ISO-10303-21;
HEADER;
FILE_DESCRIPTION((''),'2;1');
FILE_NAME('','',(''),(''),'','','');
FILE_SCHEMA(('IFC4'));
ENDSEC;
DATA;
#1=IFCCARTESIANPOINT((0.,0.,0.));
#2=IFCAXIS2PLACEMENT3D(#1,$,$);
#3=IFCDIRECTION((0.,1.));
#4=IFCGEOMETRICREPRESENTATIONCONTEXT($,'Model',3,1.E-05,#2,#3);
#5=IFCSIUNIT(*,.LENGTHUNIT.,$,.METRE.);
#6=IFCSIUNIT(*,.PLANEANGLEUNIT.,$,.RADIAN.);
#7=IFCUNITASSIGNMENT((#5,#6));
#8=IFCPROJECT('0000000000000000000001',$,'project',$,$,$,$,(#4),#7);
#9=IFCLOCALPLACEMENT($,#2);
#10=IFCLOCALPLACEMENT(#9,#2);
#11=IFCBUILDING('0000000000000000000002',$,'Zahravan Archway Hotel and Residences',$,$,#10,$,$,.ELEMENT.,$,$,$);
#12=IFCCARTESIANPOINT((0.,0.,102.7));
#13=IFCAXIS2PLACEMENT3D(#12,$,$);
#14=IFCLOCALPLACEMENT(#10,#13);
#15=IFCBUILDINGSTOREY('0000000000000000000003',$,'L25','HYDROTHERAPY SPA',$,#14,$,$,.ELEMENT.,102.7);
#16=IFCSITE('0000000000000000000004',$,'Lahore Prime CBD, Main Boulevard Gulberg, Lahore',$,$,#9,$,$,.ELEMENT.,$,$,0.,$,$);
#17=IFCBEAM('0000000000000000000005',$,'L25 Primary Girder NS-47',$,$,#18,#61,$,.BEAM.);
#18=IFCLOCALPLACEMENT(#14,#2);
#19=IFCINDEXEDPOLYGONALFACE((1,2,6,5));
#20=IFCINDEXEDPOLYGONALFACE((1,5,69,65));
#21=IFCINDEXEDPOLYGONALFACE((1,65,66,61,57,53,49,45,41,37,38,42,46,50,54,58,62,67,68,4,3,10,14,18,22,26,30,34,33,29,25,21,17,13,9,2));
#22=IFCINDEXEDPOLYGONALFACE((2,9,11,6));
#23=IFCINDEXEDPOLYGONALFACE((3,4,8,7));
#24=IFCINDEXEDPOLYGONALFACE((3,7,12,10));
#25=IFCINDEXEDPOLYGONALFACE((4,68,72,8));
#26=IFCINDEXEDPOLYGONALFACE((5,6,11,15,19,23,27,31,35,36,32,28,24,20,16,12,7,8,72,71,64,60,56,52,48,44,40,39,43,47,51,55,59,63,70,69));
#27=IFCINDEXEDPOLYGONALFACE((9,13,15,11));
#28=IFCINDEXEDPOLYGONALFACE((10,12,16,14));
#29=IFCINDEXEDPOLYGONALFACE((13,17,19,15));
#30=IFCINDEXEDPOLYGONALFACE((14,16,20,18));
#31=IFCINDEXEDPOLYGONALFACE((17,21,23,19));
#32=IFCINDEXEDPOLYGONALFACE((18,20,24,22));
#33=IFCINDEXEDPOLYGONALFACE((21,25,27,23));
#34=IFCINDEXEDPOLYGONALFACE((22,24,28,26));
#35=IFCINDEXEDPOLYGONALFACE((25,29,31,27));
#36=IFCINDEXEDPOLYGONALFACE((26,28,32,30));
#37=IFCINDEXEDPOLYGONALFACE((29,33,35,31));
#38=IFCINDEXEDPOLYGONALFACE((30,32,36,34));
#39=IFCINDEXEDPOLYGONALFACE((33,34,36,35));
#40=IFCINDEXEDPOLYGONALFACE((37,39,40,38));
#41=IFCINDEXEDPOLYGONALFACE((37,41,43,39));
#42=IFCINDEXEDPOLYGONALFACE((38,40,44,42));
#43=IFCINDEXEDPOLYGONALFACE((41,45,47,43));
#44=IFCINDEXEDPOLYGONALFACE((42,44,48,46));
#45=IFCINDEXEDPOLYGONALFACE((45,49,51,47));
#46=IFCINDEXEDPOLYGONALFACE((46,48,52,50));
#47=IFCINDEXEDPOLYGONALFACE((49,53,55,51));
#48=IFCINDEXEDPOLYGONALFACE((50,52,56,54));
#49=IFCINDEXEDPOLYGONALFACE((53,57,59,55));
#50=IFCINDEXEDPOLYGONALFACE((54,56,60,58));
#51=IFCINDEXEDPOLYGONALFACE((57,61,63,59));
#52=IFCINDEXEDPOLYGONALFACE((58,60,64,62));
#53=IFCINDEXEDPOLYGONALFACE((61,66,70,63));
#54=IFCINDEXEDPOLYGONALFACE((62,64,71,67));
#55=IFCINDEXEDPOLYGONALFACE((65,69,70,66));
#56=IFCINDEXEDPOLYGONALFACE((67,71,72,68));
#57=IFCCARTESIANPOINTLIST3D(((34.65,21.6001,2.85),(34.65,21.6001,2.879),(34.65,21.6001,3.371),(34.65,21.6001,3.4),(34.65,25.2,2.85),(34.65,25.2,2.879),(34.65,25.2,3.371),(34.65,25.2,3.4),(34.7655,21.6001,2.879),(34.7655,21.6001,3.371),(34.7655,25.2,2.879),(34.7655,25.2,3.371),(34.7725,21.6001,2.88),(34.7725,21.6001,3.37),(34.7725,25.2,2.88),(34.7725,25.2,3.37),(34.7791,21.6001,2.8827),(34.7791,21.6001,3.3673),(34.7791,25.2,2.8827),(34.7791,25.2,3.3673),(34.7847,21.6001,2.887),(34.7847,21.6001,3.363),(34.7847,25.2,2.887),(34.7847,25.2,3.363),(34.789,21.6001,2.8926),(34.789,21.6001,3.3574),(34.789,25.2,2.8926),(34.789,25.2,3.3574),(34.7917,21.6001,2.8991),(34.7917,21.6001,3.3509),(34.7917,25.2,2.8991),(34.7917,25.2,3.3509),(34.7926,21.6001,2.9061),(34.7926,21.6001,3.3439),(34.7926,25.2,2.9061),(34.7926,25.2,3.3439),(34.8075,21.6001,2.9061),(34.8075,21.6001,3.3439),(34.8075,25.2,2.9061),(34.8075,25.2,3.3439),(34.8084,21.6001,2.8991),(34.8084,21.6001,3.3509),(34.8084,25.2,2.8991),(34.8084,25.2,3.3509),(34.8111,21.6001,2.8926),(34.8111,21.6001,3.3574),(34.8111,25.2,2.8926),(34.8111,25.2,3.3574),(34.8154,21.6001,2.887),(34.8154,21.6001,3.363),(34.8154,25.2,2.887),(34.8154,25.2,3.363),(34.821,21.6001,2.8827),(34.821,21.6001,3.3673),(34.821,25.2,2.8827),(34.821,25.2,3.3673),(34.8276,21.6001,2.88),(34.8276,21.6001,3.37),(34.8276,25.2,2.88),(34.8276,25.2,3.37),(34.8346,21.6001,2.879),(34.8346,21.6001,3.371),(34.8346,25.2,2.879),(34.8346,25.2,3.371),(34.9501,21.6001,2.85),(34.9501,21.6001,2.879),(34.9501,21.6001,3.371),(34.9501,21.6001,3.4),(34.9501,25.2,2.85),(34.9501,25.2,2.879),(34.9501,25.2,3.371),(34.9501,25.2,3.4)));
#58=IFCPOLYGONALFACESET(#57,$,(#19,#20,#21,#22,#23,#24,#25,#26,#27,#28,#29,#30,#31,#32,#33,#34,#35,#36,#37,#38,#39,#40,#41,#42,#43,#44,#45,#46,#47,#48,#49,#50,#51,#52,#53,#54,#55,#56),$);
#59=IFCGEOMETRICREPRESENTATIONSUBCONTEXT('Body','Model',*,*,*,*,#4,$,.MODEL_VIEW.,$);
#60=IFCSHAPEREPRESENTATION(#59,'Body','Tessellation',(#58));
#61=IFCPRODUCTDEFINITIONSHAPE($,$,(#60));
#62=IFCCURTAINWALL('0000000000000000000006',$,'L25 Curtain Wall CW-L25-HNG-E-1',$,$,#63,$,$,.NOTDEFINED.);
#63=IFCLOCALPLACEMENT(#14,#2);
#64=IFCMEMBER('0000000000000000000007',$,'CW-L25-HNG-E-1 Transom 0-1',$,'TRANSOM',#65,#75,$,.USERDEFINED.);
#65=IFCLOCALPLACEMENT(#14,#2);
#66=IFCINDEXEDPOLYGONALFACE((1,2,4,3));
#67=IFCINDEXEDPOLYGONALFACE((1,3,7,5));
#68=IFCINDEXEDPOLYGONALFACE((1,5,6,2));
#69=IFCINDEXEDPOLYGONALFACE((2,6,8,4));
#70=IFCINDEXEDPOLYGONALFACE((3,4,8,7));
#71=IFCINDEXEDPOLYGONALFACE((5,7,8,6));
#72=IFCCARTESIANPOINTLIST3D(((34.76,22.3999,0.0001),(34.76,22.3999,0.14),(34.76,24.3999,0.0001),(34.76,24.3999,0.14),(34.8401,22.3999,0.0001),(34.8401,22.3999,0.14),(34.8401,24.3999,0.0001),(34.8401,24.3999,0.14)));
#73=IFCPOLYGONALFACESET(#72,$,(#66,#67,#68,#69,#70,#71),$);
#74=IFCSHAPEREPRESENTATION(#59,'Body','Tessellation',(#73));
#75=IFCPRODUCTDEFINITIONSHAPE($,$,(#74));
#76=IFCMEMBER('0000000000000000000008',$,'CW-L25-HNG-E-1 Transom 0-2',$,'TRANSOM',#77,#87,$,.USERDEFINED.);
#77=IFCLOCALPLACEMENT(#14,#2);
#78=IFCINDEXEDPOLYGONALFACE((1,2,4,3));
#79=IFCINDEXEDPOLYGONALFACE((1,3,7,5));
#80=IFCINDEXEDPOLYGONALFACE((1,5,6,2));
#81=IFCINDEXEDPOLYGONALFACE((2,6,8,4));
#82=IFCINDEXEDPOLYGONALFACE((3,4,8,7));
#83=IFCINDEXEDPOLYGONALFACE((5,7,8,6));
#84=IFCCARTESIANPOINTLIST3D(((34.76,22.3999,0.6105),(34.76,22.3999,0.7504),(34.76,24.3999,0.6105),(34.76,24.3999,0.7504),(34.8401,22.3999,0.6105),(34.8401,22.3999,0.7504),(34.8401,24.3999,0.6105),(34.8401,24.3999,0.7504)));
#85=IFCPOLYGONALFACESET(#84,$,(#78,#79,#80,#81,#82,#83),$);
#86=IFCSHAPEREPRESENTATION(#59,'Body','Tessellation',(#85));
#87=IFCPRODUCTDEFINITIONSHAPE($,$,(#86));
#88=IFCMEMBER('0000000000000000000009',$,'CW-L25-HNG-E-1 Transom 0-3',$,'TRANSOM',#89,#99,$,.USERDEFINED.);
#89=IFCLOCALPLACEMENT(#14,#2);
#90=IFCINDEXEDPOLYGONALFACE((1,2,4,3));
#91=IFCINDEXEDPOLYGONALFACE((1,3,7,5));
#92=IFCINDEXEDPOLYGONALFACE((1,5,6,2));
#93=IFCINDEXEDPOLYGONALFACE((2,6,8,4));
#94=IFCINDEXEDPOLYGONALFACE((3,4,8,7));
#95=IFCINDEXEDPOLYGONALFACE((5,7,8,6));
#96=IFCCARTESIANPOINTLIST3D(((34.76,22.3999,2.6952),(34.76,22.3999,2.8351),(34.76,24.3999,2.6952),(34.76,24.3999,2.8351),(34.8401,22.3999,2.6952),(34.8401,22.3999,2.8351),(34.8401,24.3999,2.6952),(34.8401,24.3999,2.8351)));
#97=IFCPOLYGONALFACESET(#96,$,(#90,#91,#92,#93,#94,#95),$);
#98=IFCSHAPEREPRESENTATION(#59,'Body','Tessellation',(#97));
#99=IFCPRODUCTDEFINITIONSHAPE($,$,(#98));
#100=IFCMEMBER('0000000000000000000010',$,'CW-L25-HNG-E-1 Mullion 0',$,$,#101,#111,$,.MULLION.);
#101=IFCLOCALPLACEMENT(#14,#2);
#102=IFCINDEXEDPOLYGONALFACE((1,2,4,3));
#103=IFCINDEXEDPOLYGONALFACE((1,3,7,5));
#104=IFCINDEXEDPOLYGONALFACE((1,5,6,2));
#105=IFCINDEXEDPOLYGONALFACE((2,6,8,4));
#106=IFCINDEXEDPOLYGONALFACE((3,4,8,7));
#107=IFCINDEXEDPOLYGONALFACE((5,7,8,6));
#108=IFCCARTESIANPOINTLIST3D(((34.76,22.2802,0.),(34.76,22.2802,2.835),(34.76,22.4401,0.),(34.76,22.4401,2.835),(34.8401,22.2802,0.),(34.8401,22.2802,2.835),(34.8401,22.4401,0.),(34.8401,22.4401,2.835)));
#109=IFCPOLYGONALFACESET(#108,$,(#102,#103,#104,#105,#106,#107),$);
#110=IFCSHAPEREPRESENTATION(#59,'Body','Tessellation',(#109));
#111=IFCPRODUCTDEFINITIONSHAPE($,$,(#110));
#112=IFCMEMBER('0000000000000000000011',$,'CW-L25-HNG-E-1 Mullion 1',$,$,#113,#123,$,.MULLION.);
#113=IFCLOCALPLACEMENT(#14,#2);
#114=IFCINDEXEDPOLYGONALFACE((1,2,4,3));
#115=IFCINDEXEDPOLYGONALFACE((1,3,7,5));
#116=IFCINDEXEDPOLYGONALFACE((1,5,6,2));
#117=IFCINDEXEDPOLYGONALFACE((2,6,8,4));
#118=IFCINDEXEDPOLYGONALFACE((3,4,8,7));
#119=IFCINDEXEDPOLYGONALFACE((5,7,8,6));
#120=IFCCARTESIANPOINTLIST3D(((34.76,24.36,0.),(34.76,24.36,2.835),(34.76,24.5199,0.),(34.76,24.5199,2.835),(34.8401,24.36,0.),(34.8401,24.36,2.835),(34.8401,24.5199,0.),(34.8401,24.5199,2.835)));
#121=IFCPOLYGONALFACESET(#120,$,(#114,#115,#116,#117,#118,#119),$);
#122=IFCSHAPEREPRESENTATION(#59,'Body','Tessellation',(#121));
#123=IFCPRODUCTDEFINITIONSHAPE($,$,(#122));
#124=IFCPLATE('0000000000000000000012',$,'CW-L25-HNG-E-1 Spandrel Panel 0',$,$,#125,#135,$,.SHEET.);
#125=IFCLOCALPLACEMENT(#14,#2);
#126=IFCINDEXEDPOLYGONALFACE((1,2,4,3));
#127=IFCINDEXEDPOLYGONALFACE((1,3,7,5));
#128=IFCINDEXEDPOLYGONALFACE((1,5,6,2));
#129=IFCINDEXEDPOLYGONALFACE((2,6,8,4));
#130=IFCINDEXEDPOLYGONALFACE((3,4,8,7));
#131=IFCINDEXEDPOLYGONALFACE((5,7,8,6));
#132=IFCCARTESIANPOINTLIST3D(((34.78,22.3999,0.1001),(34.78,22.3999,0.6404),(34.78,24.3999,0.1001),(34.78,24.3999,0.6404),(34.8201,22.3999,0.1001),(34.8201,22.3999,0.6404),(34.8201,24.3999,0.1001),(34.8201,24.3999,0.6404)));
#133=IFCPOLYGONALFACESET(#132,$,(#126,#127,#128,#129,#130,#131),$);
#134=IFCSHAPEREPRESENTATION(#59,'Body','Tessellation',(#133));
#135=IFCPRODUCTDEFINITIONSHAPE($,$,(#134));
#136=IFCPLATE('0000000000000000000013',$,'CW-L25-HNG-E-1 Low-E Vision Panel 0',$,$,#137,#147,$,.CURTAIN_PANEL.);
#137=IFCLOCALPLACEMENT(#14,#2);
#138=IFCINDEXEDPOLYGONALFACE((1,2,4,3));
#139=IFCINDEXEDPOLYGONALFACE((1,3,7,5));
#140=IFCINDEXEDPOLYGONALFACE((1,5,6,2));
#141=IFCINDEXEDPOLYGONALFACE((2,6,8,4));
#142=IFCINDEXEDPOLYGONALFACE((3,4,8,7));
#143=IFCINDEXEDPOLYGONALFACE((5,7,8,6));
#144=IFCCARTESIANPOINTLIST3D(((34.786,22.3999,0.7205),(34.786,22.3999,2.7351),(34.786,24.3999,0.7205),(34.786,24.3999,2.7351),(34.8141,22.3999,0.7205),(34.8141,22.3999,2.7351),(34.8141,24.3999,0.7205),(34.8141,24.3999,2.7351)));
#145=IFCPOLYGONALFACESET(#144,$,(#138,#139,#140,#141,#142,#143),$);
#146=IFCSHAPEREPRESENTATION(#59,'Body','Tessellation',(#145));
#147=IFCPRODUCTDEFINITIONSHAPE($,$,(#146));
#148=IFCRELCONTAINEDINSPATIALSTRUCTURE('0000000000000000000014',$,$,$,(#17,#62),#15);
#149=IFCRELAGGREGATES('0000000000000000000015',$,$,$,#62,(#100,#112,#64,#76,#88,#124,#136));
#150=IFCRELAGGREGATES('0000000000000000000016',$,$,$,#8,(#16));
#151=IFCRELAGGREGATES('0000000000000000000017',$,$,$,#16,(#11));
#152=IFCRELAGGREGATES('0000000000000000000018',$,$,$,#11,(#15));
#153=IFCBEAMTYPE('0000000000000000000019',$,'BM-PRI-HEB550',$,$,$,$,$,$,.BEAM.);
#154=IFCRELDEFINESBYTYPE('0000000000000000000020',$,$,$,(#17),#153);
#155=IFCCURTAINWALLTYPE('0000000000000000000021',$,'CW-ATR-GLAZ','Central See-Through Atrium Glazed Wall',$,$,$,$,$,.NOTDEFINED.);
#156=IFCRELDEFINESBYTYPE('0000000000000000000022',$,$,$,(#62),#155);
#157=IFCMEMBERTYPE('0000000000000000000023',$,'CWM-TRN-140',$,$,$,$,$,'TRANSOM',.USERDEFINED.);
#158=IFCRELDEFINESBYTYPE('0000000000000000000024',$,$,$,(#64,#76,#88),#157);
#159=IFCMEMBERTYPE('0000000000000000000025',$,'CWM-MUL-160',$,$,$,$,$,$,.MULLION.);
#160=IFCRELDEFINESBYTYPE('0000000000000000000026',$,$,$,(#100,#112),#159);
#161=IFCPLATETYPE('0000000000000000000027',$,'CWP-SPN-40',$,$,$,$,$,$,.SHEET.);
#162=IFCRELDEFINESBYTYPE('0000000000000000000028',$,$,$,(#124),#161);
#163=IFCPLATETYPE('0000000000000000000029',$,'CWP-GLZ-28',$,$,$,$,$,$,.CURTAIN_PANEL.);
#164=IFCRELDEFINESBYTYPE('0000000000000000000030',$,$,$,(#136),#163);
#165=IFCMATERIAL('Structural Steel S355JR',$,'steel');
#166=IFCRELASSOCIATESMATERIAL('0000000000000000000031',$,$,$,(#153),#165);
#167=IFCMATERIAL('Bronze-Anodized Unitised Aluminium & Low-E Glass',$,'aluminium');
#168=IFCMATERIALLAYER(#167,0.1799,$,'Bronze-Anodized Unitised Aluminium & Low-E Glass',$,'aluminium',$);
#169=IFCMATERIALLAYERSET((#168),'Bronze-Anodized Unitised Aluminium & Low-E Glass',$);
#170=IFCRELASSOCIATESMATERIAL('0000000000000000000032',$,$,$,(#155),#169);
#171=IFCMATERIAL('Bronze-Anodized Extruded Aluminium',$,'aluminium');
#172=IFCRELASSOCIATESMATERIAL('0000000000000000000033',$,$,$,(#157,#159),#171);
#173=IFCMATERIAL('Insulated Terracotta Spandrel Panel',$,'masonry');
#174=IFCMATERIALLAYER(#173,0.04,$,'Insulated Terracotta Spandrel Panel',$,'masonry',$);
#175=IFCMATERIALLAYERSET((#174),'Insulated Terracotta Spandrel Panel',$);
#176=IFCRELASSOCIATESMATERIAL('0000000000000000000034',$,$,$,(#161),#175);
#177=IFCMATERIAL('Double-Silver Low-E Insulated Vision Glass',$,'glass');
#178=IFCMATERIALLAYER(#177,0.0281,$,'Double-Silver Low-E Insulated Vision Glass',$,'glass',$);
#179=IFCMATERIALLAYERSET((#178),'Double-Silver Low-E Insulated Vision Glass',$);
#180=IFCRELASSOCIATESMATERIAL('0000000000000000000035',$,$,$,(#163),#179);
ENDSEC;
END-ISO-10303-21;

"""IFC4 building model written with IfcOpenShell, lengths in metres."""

from ifc_helpers import new_model, si_unit, direction, frame, origin, origin_2d, place, context, subcontext, project, spatial, rectangle, i_section, extrude, source, transform, mapped, material, layer, layer_set, material_profile, profile_set, type_object, element, aggregate, save


model = new_model("IFC4")

# Units and contexts
model_context = context("Model", 3, precision=1e-05, world=origin(), true_north=direction((0.0, 1.0)))
body_context = subcontext(model_context, "Body", "Model", "MODEL_VIEW")
ifc_project = project(units=[si_unit("LENGTHUNIT", "METRE"), si_unit("PLANEANGLEUNIT", "RADIAN")], contexts=[model_context])

# Site, building, storey
site_placement = place(None, origin())
site = spatial("IfcSite", under=ifc_project, at=site_placement, Name="Lahore Prime CBD, Main Boulevard Gulberg, Lahore", CompositionType="ELEMENT", RefElevation=0.0)
building_placement = place(site_placement, origin())
building = spatial("IfcBuilding", under=site, at=building_placement, Name="Zahravan Archway Hotel and Residences", CompositionType="ELEMENT")
storey_placement = place(building_placement, frame((0.0, 0.0, 102.7)))
storey = spatial("IfcBuildingStorey", under=building, at=storey_placement, Name="L25", Description="HYDROTHERAPY SPA", CompositionType="ELEMENT", Elevation=102.7)

# Beam
ifc_material_1 = material(Name="Structural Steel S355JR", Category="steel")
ifc_material_profile_1 = material_profile(ifc_material_1, i_section(OverallWidth=0.3, OverallDepth=0.55, WebThickness=0.0149, FlangeThickness=0.0291, FilletRadius=0.0271, at=origin_2d()), Name="HEB 550", Category="steel")
ifc_profile_set_1 = profile_set([ifc_material_profile_1], Name="Structural Steel S355JR")
beam_type = type_object("IfcBeamType", Name="BM-PRI-HEB550", PredefinedType="BEAM", material=ifc_profile_set_1)
shared_shape_1 = source(origin(), body_context, "Body", "SweptSolid", [
    extrude(i_section(OverallWidth=0.3, OverallDepth=0.55, WebThickness=0.0149, FlangeThickness=0.0291, FilletRadius=0.0271, at=origin_2d()), origin(), (0.0, 0.0, 1.0), 3.5999),
])
beam_1_placement = place(storey_placement, frame((34.8, 21.6001, 3.125), z_axis=(0.0, 1.0, 0.0), x_axis=(-1.0, 0.0, 0.0)))
element("IfcBeam", 1, at=beam_1_placement, inside=storey, type_object=beam_type, Name="L25 Primary Girder NS-47", PredefinedType="BEAM", context=body_context, shape_type="MappedRepresentation", body=[
    mapped(shared_shape_1, transform((0.0, 0.0, 0.0), scale=1.0)),
])

# Curtain wall, members, plates
ifc_material_2 = material(Name="Bronze-Anodized Unitised Aluminium & Low-E Glass", Category="aluminium")
ifc_layer_1 = layer(ifc_material_2, 0.1799, Name="Bronze-Anodized Unitised Aluminium & Low-E Glass", Category="aluminium")
ifc_layer_set_1 = layer_set([ifc_layer_1], Name="Bronze-Anodized Unitised Aluminium & Low-E Glass")
curtain_wall_type = type_object("IfcCurtainWallType", Name="CW-ATR-GLAZ", Description="Central See-Through Atrium Glazed Wall", PredefinedType="NOTDEFINED", material=ifc_layer_set_1)
curtain_wall_placement = place(storey_placement, origin())
curtain_wall = element("IfcCurtainWall", 2, at=curtain_wall_placement, inside=storey, type_object=curtain_wall_type, Name="L25 Curtain Wall CW-L25-HNG-E-1", PredefinedType="NOTDEFINED")
ifc_material_3 = material(Name="Bronze-Anodized Extruded Aluminium", Category="aluminium")
ifc_material_profile_2 = material_profile(ifc_material_3, rectangle(XDim=0.0801, YDim=0.1399, at=origin_2d()), Name="TRN 80x140", Category="aluminium")
ifc_profile_set_2 = profile_set([ifc_material_profile_2], Name="Bronze-Anodized Extruded Aluminium")
member_type_1 = type_object("IfcMemberType", Name="CWM-TRN-140", ElementType="TRANSOM", PredefinedType="USERDEFINED", material=ifc_profile_set_2)
shared_shape_2 = source(origin(), body_context, "Body", "SweptSolid", [
    extrude(rectangle(XDim=0.0801, YDim=0.1399, at=origin_2d()), origin(), (0.0, 0.0, 1.0), 2.0),
])
member_1_placement = place(storey_placement, frame((34.8, 22.3999, 0.0701), z_axis=(0.0, 1.0, 0.0), x_axis=(-1.0, 0.0, 0.0)))
member_1 = element("IfcMember", 3, at=member_1_placement, type_object=member_type_1, Name="CW-L25-HNG-E-1 Transom 0-1", ObjectType="TRANSOM", PredefinedType="USERDEFINED", context=body_context, shape_type="MappedRepresentation", body=[
    mapped(shared_shape_2, transform((0.0, 0.0, 0.0), scale=1.0)),
])
member_2_placement = place(storey_placement, frame((34.8, 22.3999, 0.6804), z_axis=(0.0, 1.0, 0.0), x_axis=(-1.0, 0.0, 0.0)))
member_2 = element("IfcMember", 4, at=member_2_placement, type_object=member_type_1, Name="CW-L25-HNG-E-1 Transom 0-2", ObjectType="TRANSOM", PredefinedType="USERDEFINED", context=body_context, shape_type="MappedRepresentation", body=[
    mapped(shared_shape_2, transform((0.0, 0.0, 0.0), scale=1.0)),
])
member_3_placement = place(storey_placement, frame((34.8, 22.3999, 2.7651), z_axis=(0.0, 1.0, 0.0), x_axis=(-1.0, 0.0, 0.0)))
member_3 = element("IfcMember", 5, at=member_3_placement, type_object=member_type_1, Name="CW-L25-HNG-E-1 Transom 0-3", ObjectType="TRANSOM", PredefinedType="USERDEFINED", context=body_context, shape_type="MappedRepresentation", body=[
    mapped(shared_shape_2, transform((0.0, 0.0, 0.0), scale=1.0)),
])
ifc_material_profile_3 = material_profile(ifc_material_3, rectangle(XDim=0.0801, YDim=0.1599, at=origin_2d()), Name="MUL 80x160", Category="aluminium")
ifc_profile_set_3 = profile_set([ifc_material_profile_3], Name="Bronze-Anodized Extruded Aluminium")
member_type_2 = type_object("IfcMemberType", Name="CWM-MUL-160", PredefinedType="MULLION", material=ifc_profile_set_3)
shared_shape_3 = source(origin(), body_context, "Body", "SweptSolid", [
    extrude(rectangle(XDim=0.0801, YDim=0.1599, at=origin_2d()), origin(), (0.0, 0.0, 1.0), 2.835),
])
member_4_placement = place(storey_placement, frame((34.8, 22.3601, 0.0), z_axis=(0.0, 0.0, 1.0), x_axis=(1.0, 0.0, 0.0)))
member_4 = element("IfcMember", 6, at=member_4_placement, type_object=member_type_2, Name="CW-L25-HNG-E-1 Mullion 0", PredefinedType="MULLION", context=body_context, shape_type="MappedRepresentation", body=[
    mapped(shared_shape_3, transform((0.0, 0.0, 0.0), scale=1.0)),
])
member_5_placement = place(storey_placement, frame((34.8, 24.4399, 0.0), z_axis=(0.0, 0.0, 1.0), x_axis=(1.0, 0.0, 0.0)))
member_5 = element("IfcMember", 7, at=member_5_placement, type_object=member_type_2, Name="CW-L25-HNG-E-1 Mullion 1", PredefinedType="MULLION", context=body_context, shape_type="MappedRepresentation", body=[
    mapped(shared_shape_3, transform((0.0, 0.0, 0.0), scale=1.0)),
])
ifc_material_4 = material(Name="Insulated Terracotta Spandrel Panel", Category="masonry")
ifc_layer_2 = layer(ifc_material_4, 0.04, Name="Insulated Terracotta Spandrel Panel", Category="masonry")
ifc_layer_set_2 = layer_set([ifc_layer_2], Name="Insulated Terracotta Spandrel Panel")
plate_type_1 = type_object("IfcPlateType", Name="CWP-SPN-40", PredefinedType="SHEET", material=ifc_layer_set_2)
shared_shape_4 = source(origin(), body_context, "Body", "SweptSolid", [
    extrude(rectangle(XDim=2.0, YDim=0.04, at=origin_2d()), origin(), (0.0, 0.0, 1.0), 0.5403),
])
plate_1_placement = place(storey_placement, frame((34.8, 23.3999, 0.1001), z_axis=(0.0, 0.0, 1.0), x_axis=(0.0, 1.0, 0.0)))
plate_1 = element("IfcPlate", 8, at=plate_1_placement, type_object=plate_type_1, Name="CW-L25-HNG-E-1 Spandrel Panel 0", PredefinedType="SHEET", context=body_context, shape_type="MappedRepresentation", body=[
    mapped(shared_shape_4, transform((0.0, 0.0, 0.0), scale=1.0)),
])
ifc_material_5 = material(Name="Double-Silver Low-E Insulated Vision Glass", Category="glass")
ifc_layer_3 = layer(ifc_material_5, 0.0281, Name="Double-Silver Low-E Insulated Vision Glass", Category="glass")
ifc_layer_set_3 = layer_set([ifc_layer_3], Name="Double-Silver Low-E Insulated Vision Glass")
plate_type_2 = type_object("IfcPlateType", Name="CWP-GLZ-28", PredefinedType="CURTAIN_PANEL", material=ifc_layer_set_3)
shared_shape_5 = source(origin(), body_context, "Body", "SweptSolid", [
    extrude(rectangle(XDim=2.0, YDim=0.0281, at=origin_2d()), origin(), (0.0, 0.0, 1.0), 2.0146),
])
plate_2_placement = place(storey_placement, frame((34.8, 23.3999, 0.7205), z_axis=(0.0, 0.0, 1.0), x_axis=(0.0, 1.0, 0.0)))
plate_2 = element("IfcPlate", 9, at=plate_2_placement, type_object=plate_type_2, Name="CW-L25-HNG-E-1 Low-E Vision Panel 0", PredefinedType="CURTAIN_PANEL", context=body_context, shape_type="MappedRepresentation", body=[
    mapped(shared_shape_5, transform((0.0, 0.0, 0.0), scale=1.0)),
])
aggregate(curtain_wall, [member_4, member_5, member_1, member_2, member_3, plate_1, plate_2])

save(model, "model.ifc")
